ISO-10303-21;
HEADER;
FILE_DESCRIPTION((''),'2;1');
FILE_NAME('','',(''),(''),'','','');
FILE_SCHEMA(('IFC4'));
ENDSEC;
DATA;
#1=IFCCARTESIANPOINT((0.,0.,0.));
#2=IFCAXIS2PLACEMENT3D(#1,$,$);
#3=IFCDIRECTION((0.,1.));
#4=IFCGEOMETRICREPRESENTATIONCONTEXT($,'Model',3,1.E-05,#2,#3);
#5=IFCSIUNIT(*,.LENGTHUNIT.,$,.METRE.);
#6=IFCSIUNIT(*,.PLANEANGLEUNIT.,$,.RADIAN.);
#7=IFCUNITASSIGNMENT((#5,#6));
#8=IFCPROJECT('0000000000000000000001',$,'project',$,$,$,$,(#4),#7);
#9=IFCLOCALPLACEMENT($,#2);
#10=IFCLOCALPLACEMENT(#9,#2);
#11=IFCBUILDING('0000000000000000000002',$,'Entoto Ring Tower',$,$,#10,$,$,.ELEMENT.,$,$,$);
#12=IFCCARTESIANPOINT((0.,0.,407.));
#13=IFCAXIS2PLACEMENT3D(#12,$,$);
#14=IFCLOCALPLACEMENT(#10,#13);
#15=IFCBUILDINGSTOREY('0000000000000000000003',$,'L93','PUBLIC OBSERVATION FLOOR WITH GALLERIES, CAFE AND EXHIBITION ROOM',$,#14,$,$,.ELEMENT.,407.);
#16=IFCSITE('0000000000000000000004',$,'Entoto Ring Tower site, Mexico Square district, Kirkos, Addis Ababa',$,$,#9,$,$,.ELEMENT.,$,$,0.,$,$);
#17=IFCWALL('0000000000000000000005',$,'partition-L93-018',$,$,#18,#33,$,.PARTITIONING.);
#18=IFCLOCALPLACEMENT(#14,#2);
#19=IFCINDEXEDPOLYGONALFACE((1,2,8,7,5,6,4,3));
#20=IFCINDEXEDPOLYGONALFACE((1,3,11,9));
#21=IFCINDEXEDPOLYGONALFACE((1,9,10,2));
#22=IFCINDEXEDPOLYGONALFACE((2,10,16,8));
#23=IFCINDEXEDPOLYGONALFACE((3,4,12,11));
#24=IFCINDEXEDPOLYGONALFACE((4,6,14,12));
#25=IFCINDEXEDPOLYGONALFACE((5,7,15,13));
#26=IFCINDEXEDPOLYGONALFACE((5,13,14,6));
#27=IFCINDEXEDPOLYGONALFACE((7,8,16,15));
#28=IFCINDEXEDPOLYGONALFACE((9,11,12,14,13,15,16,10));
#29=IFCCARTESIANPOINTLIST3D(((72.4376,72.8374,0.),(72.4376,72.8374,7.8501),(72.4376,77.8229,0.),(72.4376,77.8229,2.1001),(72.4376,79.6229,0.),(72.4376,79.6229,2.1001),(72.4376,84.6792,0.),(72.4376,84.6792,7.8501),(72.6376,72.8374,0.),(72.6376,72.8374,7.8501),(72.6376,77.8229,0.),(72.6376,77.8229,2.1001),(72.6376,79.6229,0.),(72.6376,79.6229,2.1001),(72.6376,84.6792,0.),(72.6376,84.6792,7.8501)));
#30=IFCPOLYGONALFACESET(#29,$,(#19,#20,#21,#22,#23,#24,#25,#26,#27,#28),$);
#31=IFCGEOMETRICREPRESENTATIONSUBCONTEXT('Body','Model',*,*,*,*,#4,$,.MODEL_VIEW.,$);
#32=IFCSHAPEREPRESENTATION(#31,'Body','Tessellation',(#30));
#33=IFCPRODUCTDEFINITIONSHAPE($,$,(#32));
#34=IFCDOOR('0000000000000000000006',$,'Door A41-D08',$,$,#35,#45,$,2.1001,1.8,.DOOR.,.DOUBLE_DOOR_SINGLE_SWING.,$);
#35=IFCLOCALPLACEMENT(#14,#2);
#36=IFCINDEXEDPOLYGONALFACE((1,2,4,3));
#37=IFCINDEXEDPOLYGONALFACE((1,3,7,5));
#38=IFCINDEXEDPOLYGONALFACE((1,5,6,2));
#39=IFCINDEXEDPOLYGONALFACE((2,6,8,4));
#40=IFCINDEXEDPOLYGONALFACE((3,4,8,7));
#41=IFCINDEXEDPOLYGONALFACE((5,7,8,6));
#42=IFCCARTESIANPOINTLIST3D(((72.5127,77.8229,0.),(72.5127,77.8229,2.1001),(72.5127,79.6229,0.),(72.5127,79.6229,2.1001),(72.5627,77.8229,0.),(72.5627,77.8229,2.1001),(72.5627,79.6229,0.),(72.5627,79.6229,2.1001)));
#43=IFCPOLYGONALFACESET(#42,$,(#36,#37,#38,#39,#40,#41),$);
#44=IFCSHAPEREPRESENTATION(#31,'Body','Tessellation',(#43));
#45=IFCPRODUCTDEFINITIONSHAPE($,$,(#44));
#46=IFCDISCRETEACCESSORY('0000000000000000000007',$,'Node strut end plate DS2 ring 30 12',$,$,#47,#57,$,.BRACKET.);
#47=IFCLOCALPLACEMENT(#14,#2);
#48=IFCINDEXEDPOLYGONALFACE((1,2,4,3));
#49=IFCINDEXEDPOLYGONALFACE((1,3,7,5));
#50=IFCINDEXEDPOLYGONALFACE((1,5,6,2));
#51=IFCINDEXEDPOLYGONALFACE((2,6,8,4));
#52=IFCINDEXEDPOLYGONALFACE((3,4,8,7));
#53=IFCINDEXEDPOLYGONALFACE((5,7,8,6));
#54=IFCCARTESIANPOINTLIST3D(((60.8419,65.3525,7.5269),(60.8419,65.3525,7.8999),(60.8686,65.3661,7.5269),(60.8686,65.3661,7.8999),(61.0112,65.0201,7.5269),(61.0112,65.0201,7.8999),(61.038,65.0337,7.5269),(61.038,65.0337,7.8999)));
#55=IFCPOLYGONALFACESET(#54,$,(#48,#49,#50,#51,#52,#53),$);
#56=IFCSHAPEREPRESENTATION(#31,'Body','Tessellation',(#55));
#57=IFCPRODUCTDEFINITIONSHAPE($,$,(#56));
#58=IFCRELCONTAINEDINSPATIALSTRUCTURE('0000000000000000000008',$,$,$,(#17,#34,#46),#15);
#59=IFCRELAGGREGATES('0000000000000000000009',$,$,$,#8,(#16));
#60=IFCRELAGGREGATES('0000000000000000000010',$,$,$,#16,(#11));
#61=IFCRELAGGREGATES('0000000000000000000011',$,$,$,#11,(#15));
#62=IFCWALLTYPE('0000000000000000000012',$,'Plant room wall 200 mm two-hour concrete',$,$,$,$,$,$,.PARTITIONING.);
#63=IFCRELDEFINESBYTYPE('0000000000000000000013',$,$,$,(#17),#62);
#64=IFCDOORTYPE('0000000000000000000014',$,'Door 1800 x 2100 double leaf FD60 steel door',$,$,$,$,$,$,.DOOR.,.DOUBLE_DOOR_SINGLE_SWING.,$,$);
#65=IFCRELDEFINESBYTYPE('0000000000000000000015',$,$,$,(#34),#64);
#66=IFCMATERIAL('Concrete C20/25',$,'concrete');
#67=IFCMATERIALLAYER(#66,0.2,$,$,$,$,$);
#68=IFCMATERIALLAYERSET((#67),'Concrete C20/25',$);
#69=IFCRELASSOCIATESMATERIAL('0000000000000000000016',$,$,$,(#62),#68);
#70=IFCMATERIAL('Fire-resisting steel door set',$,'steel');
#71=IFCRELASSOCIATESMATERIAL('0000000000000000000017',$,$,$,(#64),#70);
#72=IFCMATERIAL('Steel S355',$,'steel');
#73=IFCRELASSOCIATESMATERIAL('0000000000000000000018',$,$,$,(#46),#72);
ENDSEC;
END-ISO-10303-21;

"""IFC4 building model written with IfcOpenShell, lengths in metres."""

from ifc_helpers import new_model, si_unit, direction, frame, frame_2d, origin, origin_2d, place, context, subcontext, project, spatial, rectangle, extrude, material, layer, layer_set, type_object, element, fill, save


model = new_model("IFC4")

# Units and contexts
model_context = context("Model", 3, precision=1e-05, world=origin(), true_north=direction((0.0, 1.0)))
body_context = subcontext(model_context, "Body", "Model", "MODEL_VIEW")
ifc_project = project(units=[si_unit("LENGTHUNIT", "METRE"), si_unit("PLANEANGLEUNIT", "RADIAN")], contexts=[model_context])

# Site, building, storey
site_placement = place(None, origin())
site = spatial("IfcSite", under=ifc_project, at=site_placement, Name="Entoto Ring Tower site, Mexico Square district, Kirkos, Addis Ababa", CompositionType="ELEMENT", RefElevation=0.0)
building_placement = place(site_placement, origin())
building = spatial("IfcBuilding", under=site, at=building_placement, Name="Entoto Ring Tower", CompositionType="ELEMENT")
storey_placement = place(building_placement, frame((0.0, 0.0, 407.0)))
storey = spatial("IfcBuildingStorey", under=building, at=storey_placement, Name="L93", Description="PUBLIC OBSERVATION FLOOR WITH GALLERIES, CAFE AND EXHIBITION ROOM", CompositionType="ELEMENT", Elevation=407.0)

# Shared definitions
ifc_material_1 = material(Name="Concrete C20/25", Category="concrete")
ifc_layer_1 = layer(ifc_material_1, 0.2)
ifc_layer_set_1 = layer_set([ifc_layer_1], Name="Concrete C20/25")
wall_type_1 = type_object("IfcWallType", Name="Plant room wall 200 mm two-hour concrete", PredefinedType="PARTITIONING", material=ifc_layer_set_1)

# Wall, opening, door
wall_1_placement = place(storey_placement, frame((72.5376, 72.8374, 0.0), z_axis=(0.0, 0.0, 1.0), x_axis=(0.0, 1.0, 0.0)))
wall_1 = element("IfcWall", 1, at=wall_1_placement, inside=storey, type_object=wall_type_1, Name="partition-L93-018", PredefinedType="PARTITIONING", context=body_context, shape_type="SweptSolid", body=[
    extrude(rectangle(XDim=11.8418, YDim=0.2, at=frame_2d((5.9209, 0.0))), origin(), (0.0, 0.0, 1.0), 7.8501),
])
opening_1_placement = place(wall_1_placement, frame((4.9856, 0.0, 0.0)))
opening_1 = element("IfcOpeningElement", 2, at=opening_1_placement, cuts=wall_1, PredefinedType="OPENING", context=body_context, shape_type="SweptSolid", body=[
    extrude(rectangle(XDim=1.8, YDim=2.1001, at=frame_2d((0.8999, 1.05))), frame((0.0, 0.1099, 0.0), z_axis=(0.0, -1.0, 0.0), x_axis=(1.0, 0.0, 0.0)), (0.0, 0.0, 1.0), 0.22),
])
ifc_material_2 = material(Name="Fire-resisting steel door set", Category="steel")
door_type = type_object("IfcDoorType", Name="Door 1800 x 2100 double leaf FD60 steel door", OperationType="DOUBLE_DOOR_SINGLE_SWING", PredefinedType="DOOR", material=ifc_material_2)
door_placement = place(opening_1_placement, origin())
door = element("IfcDoor", 3, at=door_placement, inside=storey, type_object=door_type, Name="Door A41-D08", OperationType="DOUBLE_DOOR_SINGLE_SWING", OverallHeight=2.1001, OverallWidth=1.8, PredefinedType="DOOR", context=body_context, shape_type="SweptSolid", body=[
    extrude(rectangle(XDim=1.8, YDim=2.1001, at=frame_2d((0.8999, 1.05))), frame((0.0, 0.0249, 0.0), z_axis=(0.0, -1.0, 0.0), x_axis=(1.0, 0.0, 0.0)), (0.0, 0.0, 1.0), 0.05),
])
fill(opening_1, door)

# Discrete accessory
ifc_material_3 = material(Name="Steel S355", Category="steel")
discrete_accessory_placement = place(storey_placement, frame((60.9399, 65.1931, 7.5269), z_axis=(0.0, 0.0, 1.0), x_axis=(-0.891007, -0.45399, 0.0)))
element("IfcDiscreteAccessory", 4, at=discrete_accessory_placement, inside=storey, material=ifc_material_3, Name="Node strut end plate DS2 ring 30 12", PredefinedType="BRACKET", context=body_context, shape_type="SweptSolid", body=[
    extrude(rectangle(XDim=0.03, YDim=0.373, at=origin_2d()), origin(), (0.0, 0.0, 1.0), 0.373),
])

save(model, "model.ifc")
